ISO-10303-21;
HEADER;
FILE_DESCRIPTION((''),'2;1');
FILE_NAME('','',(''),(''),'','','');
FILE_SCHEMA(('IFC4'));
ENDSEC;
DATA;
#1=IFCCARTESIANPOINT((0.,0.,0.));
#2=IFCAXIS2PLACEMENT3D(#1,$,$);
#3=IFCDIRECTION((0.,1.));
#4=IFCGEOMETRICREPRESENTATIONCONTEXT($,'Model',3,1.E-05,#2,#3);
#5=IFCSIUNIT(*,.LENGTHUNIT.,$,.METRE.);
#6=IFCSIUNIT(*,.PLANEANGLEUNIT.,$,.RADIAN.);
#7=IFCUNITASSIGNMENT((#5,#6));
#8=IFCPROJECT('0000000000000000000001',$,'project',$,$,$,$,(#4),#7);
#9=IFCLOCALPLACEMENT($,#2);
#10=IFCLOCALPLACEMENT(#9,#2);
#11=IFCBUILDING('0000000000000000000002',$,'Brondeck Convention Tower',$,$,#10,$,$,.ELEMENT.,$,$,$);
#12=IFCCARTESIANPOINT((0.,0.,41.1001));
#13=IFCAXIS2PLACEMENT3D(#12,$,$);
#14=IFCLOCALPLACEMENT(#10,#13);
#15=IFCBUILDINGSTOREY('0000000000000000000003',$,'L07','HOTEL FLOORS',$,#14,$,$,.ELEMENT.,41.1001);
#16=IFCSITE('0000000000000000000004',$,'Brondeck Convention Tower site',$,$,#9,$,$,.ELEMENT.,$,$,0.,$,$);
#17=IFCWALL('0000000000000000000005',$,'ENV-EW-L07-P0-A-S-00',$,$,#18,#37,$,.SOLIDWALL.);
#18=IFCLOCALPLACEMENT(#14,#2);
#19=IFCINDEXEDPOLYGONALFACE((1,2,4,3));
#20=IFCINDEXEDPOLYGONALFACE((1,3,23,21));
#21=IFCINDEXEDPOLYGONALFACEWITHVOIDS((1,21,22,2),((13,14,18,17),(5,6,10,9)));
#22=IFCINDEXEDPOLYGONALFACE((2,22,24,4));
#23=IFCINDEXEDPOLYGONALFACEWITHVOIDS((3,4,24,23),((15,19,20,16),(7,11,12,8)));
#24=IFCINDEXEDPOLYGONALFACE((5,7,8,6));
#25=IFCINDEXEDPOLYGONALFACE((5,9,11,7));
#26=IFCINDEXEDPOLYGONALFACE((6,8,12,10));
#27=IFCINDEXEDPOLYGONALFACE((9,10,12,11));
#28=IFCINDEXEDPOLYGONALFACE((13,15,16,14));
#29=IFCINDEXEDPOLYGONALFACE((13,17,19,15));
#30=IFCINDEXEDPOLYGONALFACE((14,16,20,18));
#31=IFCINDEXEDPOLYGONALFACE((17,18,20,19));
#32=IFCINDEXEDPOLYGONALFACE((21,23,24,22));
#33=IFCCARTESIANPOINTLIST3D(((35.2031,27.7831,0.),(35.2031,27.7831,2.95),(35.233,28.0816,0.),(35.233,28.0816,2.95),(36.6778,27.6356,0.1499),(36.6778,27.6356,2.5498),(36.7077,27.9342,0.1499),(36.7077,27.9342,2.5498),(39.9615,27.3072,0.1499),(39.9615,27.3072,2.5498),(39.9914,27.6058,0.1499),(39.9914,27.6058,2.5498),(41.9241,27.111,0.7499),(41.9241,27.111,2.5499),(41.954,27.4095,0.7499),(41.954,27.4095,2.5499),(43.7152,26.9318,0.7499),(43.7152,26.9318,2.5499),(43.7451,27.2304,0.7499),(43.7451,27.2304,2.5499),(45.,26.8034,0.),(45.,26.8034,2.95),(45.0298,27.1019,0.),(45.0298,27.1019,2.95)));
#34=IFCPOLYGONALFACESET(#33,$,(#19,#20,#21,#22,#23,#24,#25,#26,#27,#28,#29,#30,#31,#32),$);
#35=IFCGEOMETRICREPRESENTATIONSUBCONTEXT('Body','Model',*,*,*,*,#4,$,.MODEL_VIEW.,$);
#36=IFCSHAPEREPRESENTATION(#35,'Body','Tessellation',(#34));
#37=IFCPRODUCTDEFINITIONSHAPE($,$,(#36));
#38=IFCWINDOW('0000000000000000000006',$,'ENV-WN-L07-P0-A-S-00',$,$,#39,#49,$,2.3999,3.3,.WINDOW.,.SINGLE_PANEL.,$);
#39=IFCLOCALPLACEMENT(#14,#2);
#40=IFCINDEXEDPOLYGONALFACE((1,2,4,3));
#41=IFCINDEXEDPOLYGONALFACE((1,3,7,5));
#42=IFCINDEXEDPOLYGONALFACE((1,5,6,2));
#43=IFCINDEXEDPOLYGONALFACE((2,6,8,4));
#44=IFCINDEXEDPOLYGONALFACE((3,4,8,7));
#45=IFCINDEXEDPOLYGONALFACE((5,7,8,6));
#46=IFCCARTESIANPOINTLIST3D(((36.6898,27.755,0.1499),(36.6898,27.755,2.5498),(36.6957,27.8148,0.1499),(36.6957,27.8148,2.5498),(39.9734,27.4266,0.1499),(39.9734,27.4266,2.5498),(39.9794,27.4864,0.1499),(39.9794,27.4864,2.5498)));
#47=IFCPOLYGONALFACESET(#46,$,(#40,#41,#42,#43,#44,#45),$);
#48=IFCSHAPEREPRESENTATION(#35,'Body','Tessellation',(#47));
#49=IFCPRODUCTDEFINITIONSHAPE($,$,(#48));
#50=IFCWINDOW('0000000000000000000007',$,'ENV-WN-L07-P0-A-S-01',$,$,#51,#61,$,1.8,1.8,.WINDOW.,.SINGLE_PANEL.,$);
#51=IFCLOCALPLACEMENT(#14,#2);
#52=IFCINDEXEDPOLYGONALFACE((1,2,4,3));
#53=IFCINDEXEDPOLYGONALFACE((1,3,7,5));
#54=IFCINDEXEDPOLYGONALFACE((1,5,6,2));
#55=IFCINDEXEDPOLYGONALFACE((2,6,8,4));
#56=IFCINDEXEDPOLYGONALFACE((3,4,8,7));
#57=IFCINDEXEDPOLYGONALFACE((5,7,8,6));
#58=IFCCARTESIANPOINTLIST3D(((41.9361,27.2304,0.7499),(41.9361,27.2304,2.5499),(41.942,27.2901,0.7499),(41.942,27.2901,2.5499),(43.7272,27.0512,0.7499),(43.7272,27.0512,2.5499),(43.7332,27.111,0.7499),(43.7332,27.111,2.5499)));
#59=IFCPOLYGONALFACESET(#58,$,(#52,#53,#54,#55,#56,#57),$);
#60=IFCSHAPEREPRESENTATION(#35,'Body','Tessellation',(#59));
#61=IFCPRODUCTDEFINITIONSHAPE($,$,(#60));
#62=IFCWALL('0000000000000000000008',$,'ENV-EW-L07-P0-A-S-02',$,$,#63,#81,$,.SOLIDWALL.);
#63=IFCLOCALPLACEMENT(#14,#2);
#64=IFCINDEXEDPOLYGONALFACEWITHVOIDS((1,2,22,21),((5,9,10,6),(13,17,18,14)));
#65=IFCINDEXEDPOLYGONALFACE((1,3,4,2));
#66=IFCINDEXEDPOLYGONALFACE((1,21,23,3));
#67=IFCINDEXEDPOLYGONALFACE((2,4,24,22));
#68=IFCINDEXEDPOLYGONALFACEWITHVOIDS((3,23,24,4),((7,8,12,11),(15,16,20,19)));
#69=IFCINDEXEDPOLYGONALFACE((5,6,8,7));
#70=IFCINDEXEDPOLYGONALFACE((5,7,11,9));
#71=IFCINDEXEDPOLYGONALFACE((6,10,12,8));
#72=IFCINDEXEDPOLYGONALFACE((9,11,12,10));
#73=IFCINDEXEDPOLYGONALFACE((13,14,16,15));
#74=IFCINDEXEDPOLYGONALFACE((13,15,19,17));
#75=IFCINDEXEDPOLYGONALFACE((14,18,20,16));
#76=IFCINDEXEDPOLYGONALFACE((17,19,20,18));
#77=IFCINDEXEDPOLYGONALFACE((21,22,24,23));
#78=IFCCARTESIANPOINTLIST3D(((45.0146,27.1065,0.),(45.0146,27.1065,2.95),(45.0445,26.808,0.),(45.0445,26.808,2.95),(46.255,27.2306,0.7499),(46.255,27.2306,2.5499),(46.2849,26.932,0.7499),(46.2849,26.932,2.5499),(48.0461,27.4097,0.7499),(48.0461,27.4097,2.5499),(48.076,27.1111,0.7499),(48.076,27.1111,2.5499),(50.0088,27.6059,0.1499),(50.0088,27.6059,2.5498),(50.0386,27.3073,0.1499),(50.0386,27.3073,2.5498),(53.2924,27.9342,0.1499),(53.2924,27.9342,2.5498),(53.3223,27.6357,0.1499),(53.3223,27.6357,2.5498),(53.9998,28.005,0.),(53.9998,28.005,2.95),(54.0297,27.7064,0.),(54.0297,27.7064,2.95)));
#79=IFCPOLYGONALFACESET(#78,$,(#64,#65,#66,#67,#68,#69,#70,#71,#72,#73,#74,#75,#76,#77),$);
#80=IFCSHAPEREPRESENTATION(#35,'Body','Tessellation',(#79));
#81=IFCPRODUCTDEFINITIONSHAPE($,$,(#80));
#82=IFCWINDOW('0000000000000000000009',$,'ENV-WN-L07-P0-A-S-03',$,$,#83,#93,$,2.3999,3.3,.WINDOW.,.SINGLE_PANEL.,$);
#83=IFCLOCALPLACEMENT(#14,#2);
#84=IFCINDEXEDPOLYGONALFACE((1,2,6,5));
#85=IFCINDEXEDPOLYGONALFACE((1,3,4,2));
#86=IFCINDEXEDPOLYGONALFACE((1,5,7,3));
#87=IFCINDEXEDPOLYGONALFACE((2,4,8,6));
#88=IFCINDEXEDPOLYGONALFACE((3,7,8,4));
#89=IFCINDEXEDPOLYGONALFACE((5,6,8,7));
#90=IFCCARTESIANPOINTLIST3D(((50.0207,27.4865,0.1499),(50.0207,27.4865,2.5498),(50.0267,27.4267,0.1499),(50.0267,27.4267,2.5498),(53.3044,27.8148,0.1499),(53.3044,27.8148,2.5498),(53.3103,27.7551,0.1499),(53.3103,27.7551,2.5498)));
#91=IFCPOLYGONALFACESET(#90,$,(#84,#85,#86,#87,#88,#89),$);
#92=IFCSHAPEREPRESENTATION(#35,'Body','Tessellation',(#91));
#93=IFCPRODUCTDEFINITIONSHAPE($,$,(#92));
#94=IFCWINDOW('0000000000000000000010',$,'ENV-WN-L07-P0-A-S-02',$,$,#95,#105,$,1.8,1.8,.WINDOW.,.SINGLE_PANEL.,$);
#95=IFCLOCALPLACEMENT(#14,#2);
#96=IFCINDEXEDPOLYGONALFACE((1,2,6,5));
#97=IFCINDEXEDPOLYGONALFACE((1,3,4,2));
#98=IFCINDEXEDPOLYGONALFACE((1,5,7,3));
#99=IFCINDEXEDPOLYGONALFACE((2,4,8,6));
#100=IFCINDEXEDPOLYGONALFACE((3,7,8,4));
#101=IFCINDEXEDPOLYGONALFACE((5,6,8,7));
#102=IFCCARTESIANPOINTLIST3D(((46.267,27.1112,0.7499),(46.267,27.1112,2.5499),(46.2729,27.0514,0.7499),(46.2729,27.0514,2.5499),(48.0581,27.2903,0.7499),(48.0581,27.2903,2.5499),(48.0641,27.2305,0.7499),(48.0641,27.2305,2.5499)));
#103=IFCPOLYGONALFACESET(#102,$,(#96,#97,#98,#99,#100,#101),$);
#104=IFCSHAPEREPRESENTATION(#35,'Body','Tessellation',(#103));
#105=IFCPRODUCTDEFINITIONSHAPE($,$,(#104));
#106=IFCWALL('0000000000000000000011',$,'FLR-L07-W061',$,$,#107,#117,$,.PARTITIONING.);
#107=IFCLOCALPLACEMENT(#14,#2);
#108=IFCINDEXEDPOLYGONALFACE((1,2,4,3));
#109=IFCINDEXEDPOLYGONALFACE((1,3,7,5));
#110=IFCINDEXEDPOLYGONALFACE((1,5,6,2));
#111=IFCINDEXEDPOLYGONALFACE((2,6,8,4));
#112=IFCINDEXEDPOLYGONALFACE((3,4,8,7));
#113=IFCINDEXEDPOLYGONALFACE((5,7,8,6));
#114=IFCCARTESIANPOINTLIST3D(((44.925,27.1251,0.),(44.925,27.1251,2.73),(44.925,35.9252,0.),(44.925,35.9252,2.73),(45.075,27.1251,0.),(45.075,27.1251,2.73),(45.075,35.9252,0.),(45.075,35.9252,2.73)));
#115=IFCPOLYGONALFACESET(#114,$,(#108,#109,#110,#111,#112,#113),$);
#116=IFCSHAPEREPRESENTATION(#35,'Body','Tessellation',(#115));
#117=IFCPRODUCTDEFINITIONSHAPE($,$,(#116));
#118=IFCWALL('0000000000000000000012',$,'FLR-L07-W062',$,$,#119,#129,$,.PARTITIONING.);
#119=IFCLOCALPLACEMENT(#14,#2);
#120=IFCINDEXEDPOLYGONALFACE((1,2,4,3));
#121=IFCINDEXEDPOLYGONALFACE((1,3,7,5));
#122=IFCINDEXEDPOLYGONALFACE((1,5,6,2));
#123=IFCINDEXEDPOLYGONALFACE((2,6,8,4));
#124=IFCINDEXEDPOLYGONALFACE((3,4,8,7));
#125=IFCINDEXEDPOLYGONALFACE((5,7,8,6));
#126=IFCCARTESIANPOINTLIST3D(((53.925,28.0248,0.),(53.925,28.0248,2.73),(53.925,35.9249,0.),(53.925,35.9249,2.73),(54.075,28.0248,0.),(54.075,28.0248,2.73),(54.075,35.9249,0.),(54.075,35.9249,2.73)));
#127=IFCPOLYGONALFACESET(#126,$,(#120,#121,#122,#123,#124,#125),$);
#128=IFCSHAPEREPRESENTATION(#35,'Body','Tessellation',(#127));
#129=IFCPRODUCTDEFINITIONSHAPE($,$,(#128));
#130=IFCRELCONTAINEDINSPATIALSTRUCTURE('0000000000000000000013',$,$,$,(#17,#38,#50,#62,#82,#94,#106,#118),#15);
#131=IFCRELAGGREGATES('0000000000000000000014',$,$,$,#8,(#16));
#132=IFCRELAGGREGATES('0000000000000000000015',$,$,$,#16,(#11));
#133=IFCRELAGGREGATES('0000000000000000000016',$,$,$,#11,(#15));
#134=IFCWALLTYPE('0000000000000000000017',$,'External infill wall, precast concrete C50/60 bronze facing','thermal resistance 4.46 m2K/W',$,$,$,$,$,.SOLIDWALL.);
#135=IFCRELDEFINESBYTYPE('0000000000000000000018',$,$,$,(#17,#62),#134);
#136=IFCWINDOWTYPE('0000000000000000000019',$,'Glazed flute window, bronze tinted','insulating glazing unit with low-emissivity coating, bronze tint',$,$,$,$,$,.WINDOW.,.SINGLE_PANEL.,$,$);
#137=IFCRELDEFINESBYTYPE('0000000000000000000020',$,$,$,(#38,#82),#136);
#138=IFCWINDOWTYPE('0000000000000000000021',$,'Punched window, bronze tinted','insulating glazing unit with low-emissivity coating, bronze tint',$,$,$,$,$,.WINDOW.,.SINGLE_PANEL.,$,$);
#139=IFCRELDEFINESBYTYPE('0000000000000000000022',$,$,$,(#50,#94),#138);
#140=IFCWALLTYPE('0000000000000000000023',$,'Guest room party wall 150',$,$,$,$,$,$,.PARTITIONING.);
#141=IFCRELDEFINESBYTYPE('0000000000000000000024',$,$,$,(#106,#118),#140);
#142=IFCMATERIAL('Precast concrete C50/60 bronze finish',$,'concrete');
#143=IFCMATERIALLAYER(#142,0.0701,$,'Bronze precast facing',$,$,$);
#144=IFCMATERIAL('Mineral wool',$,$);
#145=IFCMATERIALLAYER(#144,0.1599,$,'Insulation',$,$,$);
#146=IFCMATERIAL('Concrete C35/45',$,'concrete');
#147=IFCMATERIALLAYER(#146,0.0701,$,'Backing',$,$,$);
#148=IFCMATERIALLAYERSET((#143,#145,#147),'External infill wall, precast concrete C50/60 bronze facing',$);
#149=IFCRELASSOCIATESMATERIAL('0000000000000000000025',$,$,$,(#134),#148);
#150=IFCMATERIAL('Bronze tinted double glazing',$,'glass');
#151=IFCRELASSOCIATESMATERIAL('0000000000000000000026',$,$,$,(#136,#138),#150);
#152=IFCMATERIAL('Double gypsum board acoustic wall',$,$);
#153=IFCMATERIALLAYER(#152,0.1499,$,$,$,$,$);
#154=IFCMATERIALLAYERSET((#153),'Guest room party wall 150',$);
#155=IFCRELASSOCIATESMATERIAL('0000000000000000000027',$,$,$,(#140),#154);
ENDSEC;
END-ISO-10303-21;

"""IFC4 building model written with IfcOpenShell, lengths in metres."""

from ifc_helpers import new_model, si_unit, direction, frame, frame_2d, origin, place, context, subcontext, project, spatial, rectangle, extrude, material, layer, layer_set, type_object, element, fill, save


model = new_model("IFC4")

# Units and contexts
model_context = context("Model", 3, precision=1e-05, world=origin(), true_north=direction((0.0, 1.0)))
body_context = subcontext(model_context, "Body", "Model", "MODEL_VIEW")
ifc_project = project(units=[si_unit("LENGTHUNIT", "METRE"), si_unit("PLANEANGLEUNIT", "RADIAN")], contexts=[model_context])

# Site, building, storey
site_placement = place(None, origin())
site = spatial("IfcSite", under=ifc_project, at=site_placement, Name="Brondeck Convention Tower site", CompositionType="ELEMENT", RefElevation=0.0)
building_placement = place(site_placement, origin())
building = spatial("IfcBuilding", under=site, at=building_placement, Name="Brondeck Convention Tower", CompositionType="ELEMENT")
storey_placement = place(building_placement, frame((0.0, 0.0, 41.1001)))
storey = spatial("IfcBuildingStorey", under=building, at=storey_placement, Name="L07", Description="HOTEL FLOORS", CompositionType="ELEMENT", Elevation=41.1001)

# Walls, openings, windows
ifc_material_1 = material(Name="Precast concrete C50/60 bronze finish", Category="concrete")
ifc_layer_1 = layer(ifc_material_1, 0.0701, Name="Bronze precast facing")
ifc_material_2 = material(Name="Mineral wool")
ifc_layer_2 = layer(ifc_material_2, 0.1599, Name="Insulation")
ifc_material_3 = material(Name="Concrete C35/45", Category="concrete")
ifc_layer_3 = layer(ifc_material_3, 0.0701, Name="Backing")
ifc_layer_set_1 = layer_set([ifc_layer_1, ifc_layer_2, ifc_layer_3], Name="External infill wall, precast concrete C50/60 bronze facing")
wall_type_1 = type_object("IfcWallType", Name="External infill wall, precast concrete C50/60 bronze facing", Description="thermal resistance 4.46 m2K/W", PredefinedType="SOLIDWALL", material=ifc_layer_set_1)
wall_1_placement = place(storey_placement, frame((45.0149, 26.9526, 0.0), z_axis=(0.0, 0.0, 1.0), x_axis=(-0.995037, 0.099509, 0.0)))
wall_1 = element("IfcWall", 1, at=wall_1_placement, inside=storey, type_object=wall_type_1, Name="ENV-EW-L07-P0-A-S-00", PredefinedType="SOLIDWALL", context=body_context, shape_type="SweptSolid", body=[
    extrude(rectangle(XDim=9.8457, YDim=0.3, at=frame_2d((4.9229, 0.0))), origin(), (0.0, 0.0, 1.0), 2.95),
])
opening_1_placement = place(wall_1_placement, frame((1.2913, 0.0, 0.75)))
opening_1 = element("IfcOpeningElement", 2, at=opening_1_placement, cuts=wall_1, PredefinedType="OPENING", context=body_context, shape_type="SweptSolid", body=[
    extrude(rectangle(XDim=1.8, YDim=1.8, at=frame_2d((0.8999, 0.8999))), frame((0.0, 0.1599, 0.0), z_axis=(0.0, -1.0, 0.0), x_axis=(1.0, 0.0, 0.0)), (0.0, 0.0, 1.0), 0.3201),
])
opening_2_placement = place(wall_1_placement, frame((5.0637, 0.0, 0.1499)))
opening_2 = element("IfcOpeningElement", 3, at=opening_2_placement, cuts=wall_1, PredefinedType="OPENING", context=body_context, shape_type="SweptSolid", body=[
    extrude(rectangle(XDim=3.3, YDim=2.3999, at=frame_2d((1.6499, 1.2))), frame((0.0, 0.1599, 0.0), z_axis=(0.0, -1.0, 0.0), x_axis=(1.0, 0.0, 0.0)), (0.0, 0.0, 1.0), 0.3201),
])
ifc_material_4 = material(Name="Bronze tinted double glazing", Category="glass")
window_type_1 = type_object("IfcWindowType", Name="Glazed flute window, bronze tinted", Description="insulating glazing unit with low-emissivity coating, bronze tint", PartitioningType="SINGLE_PANEL", PredefinedType="WINDOW", material=ifc_material_4)
window_1_placement = place(opening_2_placement, origin())
window_1 = element("IfcWindow", 4, at=window_1_placement, inside=storey, type_object=window_type_1, Name="ENV-WN-L07-P0-A-S-00", OverallHeight=2.3999, OverallWidth=3.3, PartitioningType="SINGLE_PANEL", PredefinedType="WINDOW", context=body_context, shape_type="SweptSolid", body=[
    extrude(rectangle(XDim=3.3, YDim=2.3999, at=frame_2d((1.6499, 1.2))), frame((0.0, 0.03, 0.0), z_axis=(0.0, -1.0, 0.0), x_axis=(1.0, 0.0, 0.0)), (0.0, 0.0, 1.0), 0.0601),
])
fill(opening_2, window_1)
window_type_2 = type_object("IfcWindowType", Name="Punched window, bronze tinted", Description="insulating glazing unit with low-emissivity coating, bronze tint", PartitioningType="SINGLE_PANEL", PredefinedType="WINDOW", material=ifc_material_4)
window_2_placement = place(opening_1_placement, origin())
window_2 = element("IfcWindow", 5, at=window_2_placement, inside=storey, type_object=window_type_2, Name="ENV-WN-L07-P0-A-S-01", OverallHeight=1.8, OverallWidth=1.8, PartitioningType="SINGLE_PANEL", PredefinedType="WINDOW", context=body_context, shape_type="SweptSolid", body=[
    extrude(rectangle(XDim=1.8, YDim=1.8, at=frame_2d((0.8999, 0.8999))), frame((0.0, 0.03, 0.0), z_axis=(0.0, -1.0, 0.0), x_axis=(1.0, 0.0, 0.0)), (0.0, 0.0, 1.0), 0.0601),
])
fill(opening_1, window_2)
wall_2_placement = place(storey_placement, frame((54.0149, 27.8557, 0.0), z_axis=(0.0, 0.0, 1.0), x_axis=(-0.995038, -0.099496, 0.0)))
wall_2 = element("IfcWall", 6, at=wall_2_placement, inside=storey, type_object=wall_type_1, Name="ENV-EW-L07-P0-A-S-02", PredefinedType="SOLIDWALL", context=body_context, shape_type="SweptSolid", body=[
    extrude(rectangle(XDim=9.03, YDim=0.3, at=frame_2d((4.5151, 0.0))), origin(), (0.0, 0.0, 1.0), 2.95),
])
opening_3_placement = place(wall_2_placement, frame((0.7112, 0.0, 0.1499)))
opening_3 = element("IfcOpeningElement", 7, at=opening_3_placement, cuts=wall_2, PredefinedType="OPENING", context=body_context, shape_type="SweptSolid", body=[
    extrude(rectangle(XDim=3.3, YDim=2.3999, at=frame_2d((1.6499, 1.2))), frame((0.0, 0.1599, 0.0), z_axis=(0.0, -1.0, 0.0), x_axis=(1.0, 0.0, 0.0)), (0.0, 0.0, 1.0), 0.3201),
])
opening_4_placement = place(wall_2_placement, frame((5.9836, 0.0, 0.75)))
opening_4 = element("IfcOpeningElement", 8, at=opening_4_placement, cuts=wall_2, PredefinedType="OPENING", context=body_context, shape_type="SweptSolid", body=[
    extrude(rectangle(XDim=1.8, YDim=1.8, at=frame_2d((0.8999, 0.8999))), frame((0.0, 0.1599, 0.0), z_axis=(0.0, -1.0, 0.0), x_axis=(1.0, 0.0, 0.0)), (0.0, 0.0, 1.0), 0.3201),
])
window_3_placement = place(opening_3_placement, origin())
window_3 = element("IfcWindow", 9, at=window_3_placement, inside=storey, type_object=window_type_1, Name="ENV-WN-L07-P0-A-S-03", OverallHeight=2.3999, OverallWidth=3.3, PartitioningType="SINGLE_PANEL", PredefinedType="WINDOW", context=body_context, shape_type="SweptSolid", body=[
    extrude(rectangle(XDim=3.3, YDim=2.3999, at=frame_2d((1.6499, 1.2))), frame((0.0, 0.03, 0.0), z_axis=(0.0, -1.0, 0.0), x_axis=(1.0, 0.0, 0.0)), (0.0, 0.0, 1.0), 0.0601),
])
fill(opening_3, window_3)
window_4_placement = place(opening_4_placement, origin())
window_4 = element("IfcWindow", 10, at=window_4_placement, inside=storey, type_object=window_type_2, Name="ENV-WN-L07-P0-A-S-02", OverallHeight=1.8, OverallWidth=1.8, PartitioningType="SINGLE_PANEL", PredefinedType="WINDOW", context=body_context, shape_type="SweptSolid", body=[
    extrude(rectangle(XDim=1.8, YDim=1.8, at=frame_2d((0.8999, 0.8999))), frame((0.0, 0.03, 0.0), z_axis=(0.0, -1.0, 0.0), x_axis=(1.0, 0.0, 0.0)), (0.0, 0.0, 1.0), 0.0601),
])
fill(opening_4, window_4)

# Walls
ifc_material_5 = material(Name="Double gypsum board acoustic wall")
ifc_layer_4 = layer(ifc_material_5, 0.1499)
ifc_layer_set_2 = layer_set([ifc_layer_4], Name="Guest room party wall 150")
wall_type_2 = type_object("IfcWallType", Name="Guest room party wall 150", PredefinedType="PARTITIONING", material=ifc_layer_set_2)
wall_3_placement = place(storey_placement, frame((45.0, 35.925, 0.0), z_axis=(0.0, 0.0, 1.0), x_axis=(0.0, -1.0, 0.0)))
element("IfcWall", 11, at=wall_3_placement, inside=storey, type_object=wall_type_2, Name="FLR-L07-W061", PredefinedType="PARTITIONING", context=body_context, shape_type="SweptSolid", body=[
    extrude(rectangle(XDim=8.8, YDim=0.1499, at=frame_2d((4.3999, 0.0))), origin(), (0.0, 0.0, 1.0), 2.73),
])
wall_4_placement = place(storey_placement, frame((54.0, 35.925, 0.0), z_axis=(0.0, 0.0, 1.0), x_axis=(0.0, -1.0, 0.0)))
element("IfcWall", 12, at=wall_4_placement, inside=storey, type_object=wall_type_2, Name="FLR-L07-W062", PredefinedType="PARTITIONING", context=body_context, shape_type="SweptSolid", body=[
    extrude(rectangle(XDim=7.9001, YDim=0.1499, at=frame_2d((3.9502, 0.0))), origin(), (0.0, 0.0, 1.0), 2.73),
])

save(model, "model.ifc")
